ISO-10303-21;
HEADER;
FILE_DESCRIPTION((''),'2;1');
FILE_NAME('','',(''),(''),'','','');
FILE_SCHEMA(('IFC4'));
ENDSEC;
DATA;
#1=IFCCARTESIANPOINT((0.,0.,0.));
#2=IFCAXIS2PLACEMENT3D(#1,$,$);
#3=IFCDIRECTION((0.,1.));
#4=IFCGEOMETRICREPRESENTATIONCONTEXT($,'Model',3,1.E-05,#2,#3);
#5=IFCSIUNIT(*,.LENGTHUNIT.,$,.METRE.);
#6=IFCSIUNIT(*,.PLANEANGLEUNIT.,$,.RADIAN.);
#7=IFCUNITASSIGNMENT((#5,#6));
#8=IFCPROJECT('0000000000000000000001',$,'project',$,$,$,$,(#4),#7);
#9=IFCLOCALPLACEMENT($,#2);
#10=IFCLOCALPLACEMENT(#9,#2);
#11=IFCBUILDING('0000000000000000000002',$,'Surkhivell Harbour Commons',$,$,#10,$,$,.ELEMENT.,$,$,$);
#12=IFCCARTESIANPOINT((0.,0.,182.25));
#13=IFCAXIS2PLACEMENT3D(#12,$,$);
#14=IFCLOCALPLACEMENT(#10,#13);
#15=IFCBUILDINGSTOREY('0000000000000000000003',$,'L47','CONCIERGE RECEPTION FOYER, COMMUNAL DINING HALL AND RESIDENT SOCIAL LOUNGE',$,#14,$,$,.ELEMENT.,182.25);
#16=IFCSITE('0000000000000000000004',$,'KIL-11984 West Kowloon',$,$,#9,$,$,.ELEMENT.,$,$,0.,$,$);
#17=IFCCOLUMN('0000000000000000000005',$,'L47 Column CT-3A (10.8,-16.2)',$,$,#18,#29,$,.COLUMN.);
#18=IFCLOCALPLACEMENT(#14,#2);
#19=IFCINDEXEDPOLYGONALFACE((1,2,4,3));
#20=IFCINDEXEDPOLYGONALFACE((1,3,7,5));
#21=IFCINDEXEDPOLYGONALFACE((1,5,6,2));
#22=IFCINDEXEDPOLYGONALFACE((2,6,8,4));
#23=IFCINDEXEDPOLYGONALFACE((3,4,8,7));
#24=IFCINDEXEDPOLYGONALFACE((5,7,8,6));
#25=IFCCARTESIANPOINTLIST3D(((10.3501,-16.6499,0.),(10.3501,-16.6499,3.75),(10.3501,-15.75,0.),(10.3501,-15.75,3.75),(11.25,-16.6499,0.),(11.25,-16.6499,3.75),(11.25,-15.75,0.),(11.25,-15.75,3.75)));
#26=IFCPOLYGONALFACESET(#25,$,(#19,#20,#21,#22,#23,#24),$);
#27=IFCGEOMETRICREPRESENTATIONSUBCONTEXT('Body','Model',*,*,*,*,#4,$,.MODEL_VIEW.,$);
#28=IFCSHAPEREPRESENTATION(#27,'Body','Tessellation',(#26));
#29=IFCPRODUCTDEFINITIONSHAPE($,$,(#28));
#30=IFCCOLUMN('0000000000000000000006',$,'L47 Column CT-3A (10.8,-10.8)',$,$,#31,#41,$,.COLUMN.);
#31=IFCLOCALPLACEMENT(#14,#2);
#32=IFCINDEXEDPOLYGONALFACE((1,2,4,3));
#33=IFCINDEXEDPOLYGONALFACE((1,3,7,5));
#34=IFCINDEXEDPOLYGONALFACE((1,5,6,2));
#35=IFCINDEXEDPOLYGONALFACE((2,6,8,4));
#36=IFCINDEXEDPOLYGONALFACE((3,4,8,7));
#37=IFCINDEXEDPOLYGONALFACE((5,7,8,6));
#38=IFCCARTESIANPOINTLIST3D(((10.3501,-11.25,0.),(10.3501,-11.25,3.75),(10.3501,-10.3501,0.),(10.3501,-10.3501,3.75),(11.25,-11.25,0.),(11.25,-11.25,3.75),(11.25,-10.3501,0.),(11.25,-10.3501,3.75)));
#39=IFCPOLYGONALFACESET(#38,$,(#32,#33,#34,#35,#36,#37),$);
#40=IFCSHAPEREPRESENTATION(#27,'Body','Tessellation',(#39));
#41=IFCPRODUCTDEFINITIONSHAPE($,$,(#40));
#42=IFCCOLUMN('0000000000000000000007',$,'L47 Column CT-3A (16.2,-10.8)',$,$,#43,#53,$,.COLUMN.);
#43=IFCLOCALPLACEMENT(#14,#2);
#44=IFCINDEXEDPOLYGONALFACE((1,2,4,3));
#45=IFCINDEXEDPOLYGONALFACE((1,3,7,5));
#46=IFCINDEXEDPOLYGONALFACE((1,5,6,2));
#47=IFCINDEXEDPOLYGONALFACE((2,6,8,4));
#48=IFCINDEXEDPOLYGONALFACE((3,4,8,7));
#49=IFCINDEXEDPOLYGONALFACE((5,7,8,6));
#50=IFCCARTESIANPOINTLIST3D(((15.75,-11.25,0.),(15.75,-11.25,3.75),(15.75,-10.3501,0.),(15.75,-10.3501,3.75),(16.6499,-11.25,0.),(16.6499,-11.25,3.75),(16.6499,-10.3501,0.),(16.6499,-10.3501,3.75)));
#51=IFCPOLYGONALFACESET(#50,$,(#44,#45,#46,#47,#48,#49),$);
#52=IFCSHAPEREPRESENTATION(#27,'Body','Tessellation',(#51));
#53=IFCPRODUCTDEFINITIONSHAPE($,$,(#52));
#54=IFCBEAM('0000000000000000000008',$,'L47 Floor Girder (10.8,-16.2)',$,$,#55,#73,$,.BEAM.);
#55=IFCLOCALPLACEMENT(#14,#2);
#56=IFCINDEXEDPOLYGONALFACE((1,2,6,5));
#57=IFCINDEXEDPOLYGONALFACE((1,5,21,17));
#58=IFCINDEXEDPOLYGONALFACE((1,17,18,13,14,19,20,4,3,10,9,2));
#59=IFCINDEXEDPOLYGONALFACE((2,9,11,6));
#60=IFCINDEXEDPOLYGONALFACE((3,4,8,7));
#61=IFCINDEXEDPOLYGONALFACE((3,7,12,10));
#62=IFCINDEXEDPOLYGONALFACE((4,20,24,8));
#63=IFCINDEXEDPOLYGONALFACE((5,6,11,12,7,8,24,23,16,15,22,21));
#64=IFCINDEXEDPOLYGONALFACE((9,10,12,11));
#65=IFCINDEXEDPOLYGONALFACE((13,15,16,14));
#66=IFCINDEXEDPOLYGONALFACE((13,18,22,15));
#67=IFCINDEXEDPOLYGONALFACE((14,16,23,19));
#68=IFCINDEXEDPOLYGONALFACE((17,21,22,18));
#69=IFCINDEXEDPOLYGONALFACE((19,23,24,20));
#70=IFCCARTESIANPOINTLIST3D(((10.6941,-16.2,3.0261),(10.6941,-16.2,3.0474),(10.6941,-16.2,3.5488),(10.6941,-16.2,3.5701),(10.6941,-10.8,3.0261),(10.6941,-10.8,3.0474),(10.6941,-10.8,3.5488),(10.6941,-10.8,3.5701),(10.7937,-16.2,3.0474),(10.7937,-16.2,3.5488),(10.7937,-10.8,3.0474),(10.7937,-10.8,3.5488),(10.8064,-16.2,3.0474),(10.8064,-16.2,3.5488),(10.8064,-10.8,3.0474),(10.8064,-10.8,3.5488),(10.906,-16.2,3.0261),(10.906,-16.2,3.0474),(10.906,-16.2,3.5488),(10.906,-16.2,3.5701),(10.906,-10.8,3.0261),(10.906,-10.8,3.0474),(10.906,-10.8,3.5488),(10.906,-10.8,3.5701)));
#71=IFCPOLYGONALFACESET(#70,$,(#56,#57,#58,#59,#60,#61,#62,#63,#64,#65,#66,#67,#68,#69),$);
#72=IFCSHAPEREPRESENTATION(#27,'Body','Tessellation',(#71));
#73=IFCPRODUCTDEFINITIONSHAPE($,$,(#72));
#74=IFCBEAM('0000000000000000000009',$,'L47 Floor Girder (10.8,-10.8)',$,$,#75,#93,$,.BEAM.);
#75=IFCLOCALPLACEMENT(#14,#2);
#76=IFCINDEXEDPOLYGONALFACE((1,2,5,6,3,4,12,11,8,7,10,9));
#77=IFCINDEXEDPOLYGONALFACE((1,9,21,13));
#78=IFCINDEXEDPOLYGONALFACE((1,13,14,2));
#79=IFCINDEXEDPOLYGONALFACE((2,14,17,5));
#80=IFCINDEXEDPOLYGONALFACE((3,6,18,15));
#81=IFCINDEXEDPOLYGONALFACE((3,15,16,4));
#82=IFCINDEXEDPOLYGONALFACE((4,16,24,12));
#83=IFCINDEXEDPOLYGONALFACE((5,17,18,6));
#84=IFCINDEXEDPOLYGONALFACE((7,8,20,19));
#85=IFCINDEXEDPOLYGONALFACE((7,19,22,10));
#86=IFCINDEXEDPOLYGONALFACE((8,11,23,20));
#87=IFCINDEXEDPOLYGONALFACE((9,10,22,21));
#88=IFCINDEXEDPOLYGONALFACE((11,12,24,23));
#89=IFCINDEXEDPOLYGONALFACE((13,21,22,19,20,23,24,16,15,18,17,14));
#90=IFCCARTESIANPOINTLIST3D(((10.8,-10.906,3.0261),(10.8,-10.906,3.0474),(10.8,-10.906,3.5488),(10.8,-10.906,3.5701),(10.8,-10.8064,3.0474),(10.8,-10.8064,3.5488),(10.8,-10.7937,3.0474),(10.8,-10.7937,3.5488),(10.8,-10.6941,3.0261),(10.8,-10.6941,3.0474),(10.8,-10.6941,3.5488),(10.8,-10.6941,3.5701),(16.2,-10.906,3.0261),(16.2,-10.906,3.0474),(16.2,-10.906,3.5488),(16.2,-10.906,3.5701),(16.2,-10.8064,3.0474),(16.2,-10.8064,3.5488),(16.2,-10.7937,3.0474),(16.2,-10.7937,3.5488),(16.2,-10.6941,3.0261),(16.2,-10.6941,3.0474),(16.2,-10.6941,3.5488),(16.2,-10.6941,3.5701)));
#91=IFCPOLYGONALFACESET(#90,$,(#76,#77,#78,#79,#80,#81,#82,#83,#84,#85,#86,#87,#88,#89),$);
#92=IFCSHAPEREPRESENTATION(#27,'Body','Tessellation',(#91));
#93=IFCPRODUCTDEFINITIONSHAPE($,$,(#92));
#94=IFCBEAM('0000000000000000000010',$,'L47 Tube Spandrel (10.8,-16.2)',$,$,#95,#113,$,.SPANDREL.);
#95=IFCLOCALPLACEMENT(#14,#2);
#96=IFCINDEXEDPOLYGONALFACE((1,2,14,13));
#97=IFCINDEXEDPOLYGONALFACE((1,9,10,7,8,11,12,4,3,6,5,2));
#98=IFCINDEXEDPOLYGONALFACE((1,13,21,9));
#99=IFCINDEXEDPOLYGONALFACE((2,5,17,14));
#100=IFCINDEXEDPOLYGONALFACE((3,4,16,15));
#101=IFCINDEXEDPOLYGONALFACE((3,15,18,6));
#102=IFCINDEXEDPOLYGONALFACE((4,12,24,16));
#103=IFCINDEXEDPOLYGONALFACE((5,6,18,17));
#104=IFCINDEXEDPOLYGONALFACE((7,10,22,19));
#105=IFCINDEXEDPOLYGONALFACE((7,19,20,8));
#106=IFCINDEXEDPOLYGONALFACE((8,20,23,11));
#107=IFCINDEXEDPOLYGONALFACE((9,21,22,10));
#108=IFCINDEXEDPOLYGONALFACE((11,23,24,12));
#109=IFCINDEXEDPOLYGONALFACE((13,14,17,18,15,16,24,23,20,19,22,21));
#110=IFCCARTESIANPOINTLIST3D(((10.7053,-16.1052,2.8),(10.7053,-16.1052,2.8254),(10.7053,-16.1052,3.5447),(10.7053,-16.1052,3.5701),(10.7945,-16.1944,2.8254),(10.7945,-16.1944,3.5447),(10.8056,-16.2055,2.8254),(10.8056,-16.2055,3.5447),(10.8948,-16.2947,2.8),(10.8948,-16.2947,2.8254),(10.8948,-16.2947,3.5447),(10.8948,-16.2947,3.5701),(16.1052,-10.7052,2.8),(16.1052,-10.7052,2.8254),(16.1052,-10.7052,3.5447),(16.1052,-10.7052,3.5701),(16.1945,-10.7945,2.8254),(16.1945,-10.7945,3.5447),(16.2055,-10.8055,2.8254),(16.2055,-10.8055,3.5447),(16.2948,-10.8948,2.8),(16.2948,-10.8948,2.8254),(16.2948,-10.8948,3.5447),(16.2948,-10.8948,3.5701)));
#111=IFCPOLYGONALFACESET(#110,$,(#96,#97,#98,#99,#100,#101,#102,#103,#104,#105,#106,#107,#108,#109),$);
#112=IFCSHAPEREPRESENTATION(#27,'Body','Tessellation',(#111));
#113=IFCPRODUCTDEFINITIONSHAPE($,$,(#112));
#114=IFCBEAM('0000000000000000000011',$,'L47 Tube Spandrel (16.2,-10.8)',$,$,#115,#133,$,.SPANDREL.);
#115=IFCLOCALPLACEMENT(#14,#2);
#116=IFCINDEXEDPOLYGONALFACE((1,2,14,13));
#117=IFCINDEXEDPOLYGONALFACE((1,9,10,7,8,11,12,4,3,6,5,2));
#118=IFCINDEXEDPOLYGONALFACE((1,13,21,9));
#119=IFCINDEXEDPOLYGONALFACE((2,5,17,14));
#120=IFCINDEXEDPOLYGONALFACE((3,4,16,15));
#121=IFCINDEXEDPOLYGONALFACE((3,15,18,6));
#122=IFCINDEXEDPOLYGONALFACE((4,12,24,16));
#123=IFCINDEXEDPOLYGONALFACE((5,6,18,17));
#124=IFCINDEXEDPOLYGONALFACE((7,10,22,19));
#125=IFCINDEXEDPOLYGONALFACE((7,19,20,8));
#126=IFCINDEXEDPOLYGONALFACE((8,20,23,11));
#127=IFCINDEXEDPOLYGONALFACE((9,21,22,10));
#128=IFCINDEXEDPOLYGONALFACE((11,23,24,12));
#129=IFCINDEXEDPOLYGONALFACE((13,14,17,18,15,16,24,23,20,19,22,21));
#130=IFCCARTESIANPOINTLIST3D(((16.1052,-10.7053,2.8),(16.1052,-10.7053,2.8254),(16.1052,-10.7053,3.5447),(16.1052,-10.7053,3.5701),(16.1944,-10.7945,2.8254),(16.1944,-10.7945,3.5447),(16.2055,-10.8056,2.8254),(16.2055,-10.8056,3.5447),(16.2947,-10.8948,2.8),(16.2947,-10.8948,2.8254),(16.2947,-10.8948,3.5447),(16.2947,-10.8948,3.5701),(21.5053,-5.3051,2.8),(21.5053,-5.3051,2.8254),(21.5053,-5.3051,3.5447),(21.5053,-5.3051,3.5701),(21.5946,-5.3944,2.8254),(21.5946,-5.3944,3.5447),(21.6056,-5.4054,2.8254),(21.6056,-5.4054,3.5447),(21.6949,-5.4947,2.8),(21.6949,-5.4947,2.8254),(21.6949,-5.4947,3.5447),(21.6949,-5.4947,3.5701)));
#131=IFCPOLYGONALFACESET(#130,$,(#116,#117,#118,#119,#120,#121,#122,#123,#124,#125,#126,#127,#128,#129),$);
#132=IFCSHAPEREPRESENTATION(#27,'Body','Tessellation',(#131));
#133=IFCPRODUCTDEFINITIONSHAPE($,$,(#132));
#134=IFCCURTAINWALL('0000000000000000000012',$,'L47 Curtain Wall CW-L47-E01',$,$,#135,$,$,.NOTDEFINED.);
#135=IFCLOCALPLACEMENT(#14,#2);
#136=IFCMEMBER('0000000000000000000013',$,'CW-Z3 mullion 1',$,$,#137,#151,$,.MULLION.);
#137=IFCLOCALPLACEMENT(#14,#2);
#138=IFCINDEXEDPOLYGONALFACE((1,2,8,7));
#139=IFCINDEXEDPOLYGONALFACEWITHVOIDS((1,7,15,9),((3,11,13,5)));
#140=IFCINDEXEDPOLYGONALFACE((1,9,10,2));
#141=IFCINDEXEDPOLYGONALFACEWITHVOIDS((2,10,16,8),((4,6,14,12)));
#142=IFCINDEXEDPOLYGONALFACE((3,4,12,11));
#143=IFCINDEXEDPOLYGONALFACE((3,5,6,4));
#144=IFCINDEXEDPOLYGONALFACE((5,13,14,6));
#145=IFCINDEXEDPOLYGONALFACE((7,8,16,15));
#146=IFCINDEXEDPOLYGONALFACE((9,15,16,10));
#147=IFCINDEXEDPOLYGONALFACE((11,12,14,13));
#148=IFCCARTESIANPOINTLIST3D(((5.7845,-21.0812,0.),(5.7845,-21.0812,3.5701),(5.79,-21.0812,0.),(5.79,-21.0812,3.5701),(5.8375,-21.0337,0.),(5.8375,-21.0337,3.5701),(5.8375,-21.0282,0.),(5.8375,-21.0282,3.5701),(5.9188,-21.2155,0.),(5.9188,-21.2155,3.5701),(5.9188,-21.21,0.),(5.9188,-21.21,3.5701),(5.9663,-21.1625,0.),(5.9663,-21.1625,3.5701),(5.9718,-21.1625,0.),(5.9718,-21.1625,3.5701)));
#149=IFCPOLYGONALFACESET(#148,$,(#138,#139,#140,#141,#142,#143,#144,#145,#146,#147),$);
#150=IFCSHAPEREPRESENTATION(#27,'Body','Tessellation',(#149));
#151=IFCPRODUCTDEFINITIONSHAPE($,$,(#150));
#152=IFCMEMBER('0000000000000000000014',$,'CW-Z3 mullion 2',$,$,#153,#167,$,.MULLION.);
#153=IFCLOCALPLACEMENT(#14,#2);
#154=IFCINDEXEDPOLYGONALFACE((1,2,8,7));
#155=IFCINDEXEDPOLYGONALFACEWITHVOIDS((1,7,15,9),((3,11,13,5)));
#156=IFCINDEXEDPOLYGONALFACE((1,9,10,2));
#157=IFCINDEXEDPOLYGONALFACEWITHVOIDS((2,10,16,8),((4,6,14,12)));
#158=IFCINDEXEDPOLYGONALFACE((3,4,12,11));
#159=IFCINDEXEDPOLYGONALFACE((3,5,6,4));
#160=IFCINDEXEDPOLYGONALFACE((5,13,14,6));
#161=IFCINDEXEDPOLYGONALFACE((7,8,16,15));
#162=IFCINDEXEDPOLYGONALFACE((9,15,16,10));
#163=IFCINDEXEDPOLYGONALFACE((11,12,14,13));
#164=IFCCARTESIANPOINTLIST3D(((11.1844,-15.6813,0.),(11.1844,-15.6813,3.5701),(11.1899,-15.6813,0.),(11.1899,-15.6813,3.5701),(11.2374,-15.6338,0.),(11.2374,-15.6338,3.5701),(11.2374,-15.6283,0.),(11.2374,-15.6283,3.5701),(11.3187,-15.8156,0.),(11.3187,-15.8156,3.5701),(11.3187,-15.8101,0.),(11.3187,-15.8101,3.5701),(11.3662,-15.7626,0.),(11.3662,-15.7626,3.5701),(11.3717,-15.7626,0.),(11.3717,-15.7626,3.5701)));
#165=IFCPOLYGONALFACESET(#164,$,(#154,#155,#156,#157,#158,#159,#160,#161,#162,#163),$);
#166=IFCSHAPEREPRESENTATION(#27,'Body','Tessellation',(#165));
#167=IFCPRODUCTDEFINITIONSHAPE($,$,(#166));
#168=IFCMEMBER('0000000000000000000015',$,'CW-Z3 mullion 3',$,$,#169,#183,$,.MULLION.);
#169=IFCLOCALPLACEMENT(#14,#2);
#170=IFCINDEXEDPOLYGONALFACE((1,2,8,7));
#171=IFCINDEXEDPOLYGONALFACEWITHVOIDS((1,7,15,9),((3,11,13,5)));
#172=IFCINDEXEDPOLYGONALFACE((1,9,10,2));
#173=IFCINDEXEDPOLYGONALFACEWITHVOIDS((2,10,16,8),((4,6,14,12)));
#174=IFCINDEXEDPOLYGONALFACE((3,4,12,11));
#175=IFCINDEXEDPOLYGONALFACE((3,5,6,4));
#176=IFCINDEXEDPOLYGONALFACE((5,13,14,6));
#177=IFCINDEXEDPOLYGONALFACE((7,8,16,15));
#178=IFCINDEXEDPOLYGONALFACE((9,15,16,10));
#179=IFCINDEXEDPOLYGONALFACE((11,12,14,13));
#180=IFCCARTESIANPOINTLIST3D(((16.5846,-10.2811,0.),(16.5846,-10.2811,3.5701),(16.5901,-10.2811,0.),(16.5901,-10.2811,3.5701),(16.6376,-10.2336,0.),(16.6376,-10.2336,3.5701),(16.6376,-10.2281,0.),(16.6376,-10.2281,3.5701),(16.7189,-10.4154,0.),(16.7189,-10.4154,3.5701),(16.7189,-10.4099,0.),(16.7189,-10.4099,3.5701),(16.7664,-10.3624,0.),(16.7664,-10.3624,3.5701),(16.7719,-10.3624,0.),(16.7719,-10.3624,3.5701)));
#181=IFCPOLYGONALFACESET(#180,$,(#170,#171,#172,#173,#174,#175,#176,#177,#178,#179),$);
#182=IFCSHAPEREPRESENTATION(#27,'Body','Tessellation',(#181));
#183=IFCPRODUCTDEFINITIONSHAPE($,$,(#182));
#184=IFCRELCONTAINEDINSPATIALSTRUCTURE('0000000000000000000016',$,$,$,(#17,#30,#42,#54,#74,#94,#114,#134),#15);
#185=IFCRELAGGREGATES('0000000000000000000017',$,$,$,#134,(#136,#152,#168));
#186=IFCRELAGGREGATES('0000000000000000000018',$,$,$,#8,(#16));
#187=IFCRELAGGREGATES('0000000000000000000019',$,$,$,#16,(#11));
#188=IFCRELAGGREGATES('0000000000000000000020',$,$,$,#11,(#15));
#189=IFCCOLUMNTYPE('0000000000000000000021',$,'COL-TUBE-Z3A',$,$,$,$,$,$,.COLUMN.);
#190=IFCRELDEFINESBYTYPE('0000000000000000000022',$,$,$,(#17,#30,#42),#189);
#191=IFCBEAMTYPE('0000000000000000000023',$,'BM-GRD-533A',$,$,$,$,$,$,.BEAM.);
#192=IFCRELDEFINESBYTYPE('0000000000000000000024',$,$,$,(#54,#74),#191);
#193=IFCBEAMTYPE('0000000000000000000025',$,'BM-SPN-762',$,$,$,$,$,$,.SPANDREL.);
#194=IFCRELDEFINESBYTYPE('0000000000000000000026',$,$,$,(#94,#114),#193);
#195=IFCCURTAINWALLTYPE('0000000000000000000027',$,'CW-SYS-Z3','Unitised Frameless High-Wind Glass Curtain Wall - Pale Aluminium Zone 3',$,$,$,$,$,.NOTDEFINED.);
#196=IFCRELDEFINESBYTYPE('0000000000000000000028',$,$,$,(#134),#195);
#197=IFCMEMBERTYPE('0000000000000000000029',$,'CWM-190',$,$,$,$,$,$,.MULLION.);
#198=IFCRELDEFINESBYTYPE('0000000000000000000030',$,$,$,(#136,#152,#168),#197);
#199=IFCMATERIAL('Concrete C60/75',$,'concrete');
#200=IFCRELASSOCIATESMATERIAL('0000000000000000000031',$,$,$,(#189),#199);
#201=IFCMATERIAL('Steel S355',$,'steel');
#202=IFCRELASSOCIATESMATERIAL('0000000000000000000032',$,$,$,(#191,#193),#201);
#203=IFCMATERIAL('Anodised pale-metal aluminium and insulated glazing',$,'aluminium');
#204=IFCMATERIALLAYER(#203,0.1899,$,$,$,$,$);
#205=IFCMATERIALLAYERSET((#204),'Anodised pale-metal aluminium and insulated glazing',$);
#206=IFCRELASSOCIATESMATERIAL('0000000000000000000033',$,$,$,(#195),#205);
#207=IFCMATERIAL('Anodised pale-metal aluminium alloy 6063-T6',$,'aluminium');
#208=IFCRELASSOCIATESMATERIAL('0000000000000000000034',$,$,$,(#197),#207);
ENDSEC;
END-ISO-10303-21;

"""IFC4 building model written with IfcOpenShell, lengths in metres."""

from ifc_helpers import new_model, si_unit, direction, frame, origin, origin_2d, place, context, subcontext, project, spatial, rectangle, hollow_rectangle, i_section, extrude, material, layer, layer_set, material_profile, profile_set, type_object, element, aggregate, save


model = new_model("IFC4")

# Units and contexts
model_context = context("Model", 3, precision=1e-05, world=origin(), true_north=direction((0.0, 1.0)))
body_context = subcontext(model_context, "Body", "Model", "MODEL_VIEW")
ifc_project = project(units=[si_unit("LENGTHUNIT", "METRE"), si_unit("PLANEANGLEUNIT", "RADIAN")], contexts=[model_context])

# Site, building, storey
site_placement = place(None, origin())
site = spatial("IfcSite", under=ifc_project, at=site_placement, Name="KIL-11984 West Kowloon", CompositionType="ELEMENT", RefElevation=0.0)
building_placement = place(site_placement, origin())
building = spatial("IfcBuilding", under=site, at=building_placement, Name="Surkhivell Harbour Commons", CompositionType="ELEMENT")
storey_placement = place(building_placement, frame((0.0, 0.0, 182.25)))
storey = spatial("IfcBuildingStorey", under=building, at=storey_placement, Name="L47", Description="CONCIERGE RECEPTION FOYER, COMMUNAL DINING HALL AND RESIDENT SOCIAL LOUNGE", CompositionType="ELEMENT", Elevation=182.25)

# Columns
ifc_material_1 = material(Name="Concrete C60/75", Category="concrete")
ifc_material_profile_1 = material_profile(ifc_material_1, rectangle(XDim=0.8999, YDim=0.8999, at=origin_2d()), Name="RC-COL-900x900")
ifc_profile_set_1 = profile_set([ifc_material_profile_1], Name="Concrete C60/75")
column_type = type_object("IfcColumnType", Name="COL-TUBE-Z3A", PredefinedType="COLUMN", material=ifc_profile_set_1)
for number, where, z_axis, x_axis, name in (
    (1, (10.8, -16.2, 0.0), (0.0, 0.0, 1.0), (1.0, 0.0, 0.0), "L47 Column CT-3A (10.8,-16.2)"),
    (2, (10.8, -10.8, 0.0), (0.0, 0.0, 1.0), (1.0, 0.0, 0.0), "L47 Column CT-3A (10.8,-10.8)"),
    (3, (16.2, -10.8, 0.0), (0.0, 0.0, 1.0), (1.0, 0.0, 0.0), "L47 Column CT-3A (16.2,-10.8)"),
):
    element("IfcColumn", number, at=place(storey_placement, frame(where, z_axis=z_axis, x_axis=x_axis)), inside=storey, type_object=column_type, Name=name, PredefinedType="COLUMN", context=body_context, shape_type="SweptSolid", body=[
        extrude(rectangle(XDim=0.8999, YDim=0.8999, at=origin_2d()), origin(), (0.0, 0.0, 1.0), 3.75),
    ])

# Beams
ifc_material_2 = material(Name="Steel S355", Category="steel")
ifc_material_profile_2 = material_profile(ifc_material_2, i_section(OverallWidth=0.2119, OverallDepth=0.5439, WebThickness=0.0127, FlangeThickness=0.0212, at=origin_2d()), Name="UB533x210x122")
ifc_profile_set_2 = profile_set([ifc_material_profile_2], Name="Steel S355")
beam_type_1 = type_object("IfcBeamType", Name="BM-GRD-533A", PredefinedType="BEAM", material=ifc_profile_set_2)
for number, where, z_axis, x_axis, name in (
    (4, (10.8, -16.2, 3.2981), (0.0, 1.0, 0.0), (-1.0, 0.0, 0.0), "L47 Floor Girder (10.8,-16.2)"),
    (5, (10.8, -10.8, 3.2981), (1.0, 0.0, 0.0), (0.0, 1.0, 0.0), "L47 Floor Girder (10.8,-10.8)"),
):
    element("IfcBeam", number, at=place(storey_placement, frame(where, z_axis=z_axis, x_axis=x_axis)), inside=storey, type_object=beam_type_1, Name=name, PredefinedType="BEAM", context=body_context, shape_type="SweptSolid", body=[
        extrude(i_section(OverallWidth=0.2119, OverallDepth=0.5439, WebThickness=0.0127, FlangeThickness=0.0212, at=origin_2d()), origin(), (0.0, 0.0, 1.0), 5.3999),
    ])
ifc_material_profile_3 = material_profile(ifc_material_2, i_section(OverallWidth=0.2681, OverallDepth=0.77, WebThickness=0.0156, FlangeThickness=0.0254, at=origin_2d()), Name="UB762x267x197")
ifc_profile_set_3 = profile_set([ifc_material_profile_3], Name="Steel S355")
beam_type_2 = type_object("IfcBeamType", Name="BM-SPN-762", PredefinedType="SPANDREL", material=ifc_profile_set_3)
beam_1_placement = place(storey_placement, frame((10.8, -16.2, 3.1851), z_axis=(0.707107, 0.707107, 0.0), x_axis=(-0.707107, 0.707107, 0.0)))
element("IfcBeam", 6, at=beam_1_placement, inside=storey, type_object=beam_type_2, Name="L47 Tube Spandrel (10.8,-16.2)", PredefinedType="SPANDREL", context=body_context, shape_type="SweptSolid", body=[
    extrude(i_section(OverallWidth=0.2681, OverallDepth=0.77, WebThickness=0.0156, FlangeThickness=0.0254, at=origin_2d()), origin(), (0.0, 0.0, 1.0), 7.6367),
])
beam_2_placement = place(storey_placement, frame((16.2, -10.8, 3.1851), z_axis=(0.707107, 0.707107, 0.0), x_axis=(-0.707107, 0.707107, 0.0)))
element("IfcBeam", 7, at=beam_2_placement, inside=storey, type_object=beam_type_2, Name="L47 Tube Spandrel (16.2,-10.8)", PredefinedType="SPANDREL", context=body_context, shape_type="SweptSolid", body=[
    extrude(i_section(OverallWidth=0.2681, OverallDepth=0.77, WebThickness=0.0156, FlangeThickness=0.0254, at=origin_2d()), origin(), (0.0, 0.0, 1.0), 7.637),
])

# Curtain wall, members
ifc_material_3 = material(Name="Anodised pale-metal aluminium and insulated glazing", Category="aluminium")
ifc_layer_1 = layer(ifc_material_3, 0.1899)
ifc_layer_set_1 = layer_set([ifc_layer_1], Name="Anodised pale-metal aluminium and insulated glazing")
curtain_wall_type = type_object("IfcCurtainWallType", Name="CW-SYS-Z3", Description="Unitised Frameless High-Wind Glass Curtain Wall - Pale Aluminium Zone 3", PredefinedType="NOTDEFINED", material=ifc_layer_set_1)
curtain_wall_placement = place(storey_placement, origin())
curtain_wall = element("IfcCurtainWall", 8, at=curtain_wall_placement, inside=storey, type_object=curtain_wall_type, Name="L47 Curtain Wall CW-L47-E01", PredefinedType="NOTDEFINED")
ifc_material_4 = material(Name="Anodised pale-metal aluminium alloy 6063-T6", Category="aluminium")
ifc_material_profile_4 = material_profile(ifc_material_4, hollow_rectangle(XDim=0.075, YDim=0.1899, WallThickness=0.0039, at=origin_2d()), Name="ALU-MULL-75x190")
ifc_profile_set_4 = profile_set([ifc_material_profile_4], Name="Anodised pale-metal aluminium alloy 6063-T6")
member_type_1 = type_object("IfcMemberType", Name="CWM-190", PredefinedType="MULLION", material=ifc_profile_set_4)
member_1_placement = place(storey_placement, frame((5.8782, -21.1218, 0.0), z_axis=(0.0, 0.0, 1.0), x_axis=(0.707107, 0.707107, 0.0)))
member_1 = element("IfcMember", 9, at=member_1_placement, type_object=member_type_1, Name="CW-Z3 mullion 1", PredefinedType="MULLION", context=body_context, shape_type="SweptSolid", body=[
    extrude(hollow_rectangle(XDim=0.075, YDim=0.1899, WallThickness=0.0039, at=origin_2d()), origin(), (0.0, 0.0, 1.0), 3.5701),
])
member_2_placement = place(storey_placement, frame((11.2781, -15.7219, 0.0), z_axis=(0.0, 0.0, 1.0), x_axis=(0.707107, 0.707107, 0.0)))
member_2 = element("IfcMember", 10, at=member_2_placement, type_object=member_type_1, Name="CW-Z3 mullion 2", PredefinedType="MULLION", context=body_context, shape_type="SweptSolid", body=[
    extrude(hollow_rectangle(XDim=0.075, YDim=0.1899, WallThickness=0.0039, at=origin_2d()), origin(), (0.0, 0.0, 1.0), 3.5701),
])
member_3_placement = place(storey_placement, frame((16.6782, -10.3218, 0.0), z_axis=(0.0, 0.0, 1.0), x_axis=(0.707107, 0.707107, 0.0)))
member_3 = element("IfcMember", 11, at=member_3_placement, type_object=member_type_1, Name="CW-Z3 mullion 3", PredefinedType="MULLION", context=body_context, shape_type="SweptSolid", body=[
    extrude(hollow_rectangle(XDim=0.075, YDim=0.1899, WallThickness=0.0039, at=origin_2d()), origin(), (0.0, 0.0, 1.0), 3.5701),
])
aggregate(curtain_wall, [member_1, member_2, member_3])

save(model, "model.ifc")
